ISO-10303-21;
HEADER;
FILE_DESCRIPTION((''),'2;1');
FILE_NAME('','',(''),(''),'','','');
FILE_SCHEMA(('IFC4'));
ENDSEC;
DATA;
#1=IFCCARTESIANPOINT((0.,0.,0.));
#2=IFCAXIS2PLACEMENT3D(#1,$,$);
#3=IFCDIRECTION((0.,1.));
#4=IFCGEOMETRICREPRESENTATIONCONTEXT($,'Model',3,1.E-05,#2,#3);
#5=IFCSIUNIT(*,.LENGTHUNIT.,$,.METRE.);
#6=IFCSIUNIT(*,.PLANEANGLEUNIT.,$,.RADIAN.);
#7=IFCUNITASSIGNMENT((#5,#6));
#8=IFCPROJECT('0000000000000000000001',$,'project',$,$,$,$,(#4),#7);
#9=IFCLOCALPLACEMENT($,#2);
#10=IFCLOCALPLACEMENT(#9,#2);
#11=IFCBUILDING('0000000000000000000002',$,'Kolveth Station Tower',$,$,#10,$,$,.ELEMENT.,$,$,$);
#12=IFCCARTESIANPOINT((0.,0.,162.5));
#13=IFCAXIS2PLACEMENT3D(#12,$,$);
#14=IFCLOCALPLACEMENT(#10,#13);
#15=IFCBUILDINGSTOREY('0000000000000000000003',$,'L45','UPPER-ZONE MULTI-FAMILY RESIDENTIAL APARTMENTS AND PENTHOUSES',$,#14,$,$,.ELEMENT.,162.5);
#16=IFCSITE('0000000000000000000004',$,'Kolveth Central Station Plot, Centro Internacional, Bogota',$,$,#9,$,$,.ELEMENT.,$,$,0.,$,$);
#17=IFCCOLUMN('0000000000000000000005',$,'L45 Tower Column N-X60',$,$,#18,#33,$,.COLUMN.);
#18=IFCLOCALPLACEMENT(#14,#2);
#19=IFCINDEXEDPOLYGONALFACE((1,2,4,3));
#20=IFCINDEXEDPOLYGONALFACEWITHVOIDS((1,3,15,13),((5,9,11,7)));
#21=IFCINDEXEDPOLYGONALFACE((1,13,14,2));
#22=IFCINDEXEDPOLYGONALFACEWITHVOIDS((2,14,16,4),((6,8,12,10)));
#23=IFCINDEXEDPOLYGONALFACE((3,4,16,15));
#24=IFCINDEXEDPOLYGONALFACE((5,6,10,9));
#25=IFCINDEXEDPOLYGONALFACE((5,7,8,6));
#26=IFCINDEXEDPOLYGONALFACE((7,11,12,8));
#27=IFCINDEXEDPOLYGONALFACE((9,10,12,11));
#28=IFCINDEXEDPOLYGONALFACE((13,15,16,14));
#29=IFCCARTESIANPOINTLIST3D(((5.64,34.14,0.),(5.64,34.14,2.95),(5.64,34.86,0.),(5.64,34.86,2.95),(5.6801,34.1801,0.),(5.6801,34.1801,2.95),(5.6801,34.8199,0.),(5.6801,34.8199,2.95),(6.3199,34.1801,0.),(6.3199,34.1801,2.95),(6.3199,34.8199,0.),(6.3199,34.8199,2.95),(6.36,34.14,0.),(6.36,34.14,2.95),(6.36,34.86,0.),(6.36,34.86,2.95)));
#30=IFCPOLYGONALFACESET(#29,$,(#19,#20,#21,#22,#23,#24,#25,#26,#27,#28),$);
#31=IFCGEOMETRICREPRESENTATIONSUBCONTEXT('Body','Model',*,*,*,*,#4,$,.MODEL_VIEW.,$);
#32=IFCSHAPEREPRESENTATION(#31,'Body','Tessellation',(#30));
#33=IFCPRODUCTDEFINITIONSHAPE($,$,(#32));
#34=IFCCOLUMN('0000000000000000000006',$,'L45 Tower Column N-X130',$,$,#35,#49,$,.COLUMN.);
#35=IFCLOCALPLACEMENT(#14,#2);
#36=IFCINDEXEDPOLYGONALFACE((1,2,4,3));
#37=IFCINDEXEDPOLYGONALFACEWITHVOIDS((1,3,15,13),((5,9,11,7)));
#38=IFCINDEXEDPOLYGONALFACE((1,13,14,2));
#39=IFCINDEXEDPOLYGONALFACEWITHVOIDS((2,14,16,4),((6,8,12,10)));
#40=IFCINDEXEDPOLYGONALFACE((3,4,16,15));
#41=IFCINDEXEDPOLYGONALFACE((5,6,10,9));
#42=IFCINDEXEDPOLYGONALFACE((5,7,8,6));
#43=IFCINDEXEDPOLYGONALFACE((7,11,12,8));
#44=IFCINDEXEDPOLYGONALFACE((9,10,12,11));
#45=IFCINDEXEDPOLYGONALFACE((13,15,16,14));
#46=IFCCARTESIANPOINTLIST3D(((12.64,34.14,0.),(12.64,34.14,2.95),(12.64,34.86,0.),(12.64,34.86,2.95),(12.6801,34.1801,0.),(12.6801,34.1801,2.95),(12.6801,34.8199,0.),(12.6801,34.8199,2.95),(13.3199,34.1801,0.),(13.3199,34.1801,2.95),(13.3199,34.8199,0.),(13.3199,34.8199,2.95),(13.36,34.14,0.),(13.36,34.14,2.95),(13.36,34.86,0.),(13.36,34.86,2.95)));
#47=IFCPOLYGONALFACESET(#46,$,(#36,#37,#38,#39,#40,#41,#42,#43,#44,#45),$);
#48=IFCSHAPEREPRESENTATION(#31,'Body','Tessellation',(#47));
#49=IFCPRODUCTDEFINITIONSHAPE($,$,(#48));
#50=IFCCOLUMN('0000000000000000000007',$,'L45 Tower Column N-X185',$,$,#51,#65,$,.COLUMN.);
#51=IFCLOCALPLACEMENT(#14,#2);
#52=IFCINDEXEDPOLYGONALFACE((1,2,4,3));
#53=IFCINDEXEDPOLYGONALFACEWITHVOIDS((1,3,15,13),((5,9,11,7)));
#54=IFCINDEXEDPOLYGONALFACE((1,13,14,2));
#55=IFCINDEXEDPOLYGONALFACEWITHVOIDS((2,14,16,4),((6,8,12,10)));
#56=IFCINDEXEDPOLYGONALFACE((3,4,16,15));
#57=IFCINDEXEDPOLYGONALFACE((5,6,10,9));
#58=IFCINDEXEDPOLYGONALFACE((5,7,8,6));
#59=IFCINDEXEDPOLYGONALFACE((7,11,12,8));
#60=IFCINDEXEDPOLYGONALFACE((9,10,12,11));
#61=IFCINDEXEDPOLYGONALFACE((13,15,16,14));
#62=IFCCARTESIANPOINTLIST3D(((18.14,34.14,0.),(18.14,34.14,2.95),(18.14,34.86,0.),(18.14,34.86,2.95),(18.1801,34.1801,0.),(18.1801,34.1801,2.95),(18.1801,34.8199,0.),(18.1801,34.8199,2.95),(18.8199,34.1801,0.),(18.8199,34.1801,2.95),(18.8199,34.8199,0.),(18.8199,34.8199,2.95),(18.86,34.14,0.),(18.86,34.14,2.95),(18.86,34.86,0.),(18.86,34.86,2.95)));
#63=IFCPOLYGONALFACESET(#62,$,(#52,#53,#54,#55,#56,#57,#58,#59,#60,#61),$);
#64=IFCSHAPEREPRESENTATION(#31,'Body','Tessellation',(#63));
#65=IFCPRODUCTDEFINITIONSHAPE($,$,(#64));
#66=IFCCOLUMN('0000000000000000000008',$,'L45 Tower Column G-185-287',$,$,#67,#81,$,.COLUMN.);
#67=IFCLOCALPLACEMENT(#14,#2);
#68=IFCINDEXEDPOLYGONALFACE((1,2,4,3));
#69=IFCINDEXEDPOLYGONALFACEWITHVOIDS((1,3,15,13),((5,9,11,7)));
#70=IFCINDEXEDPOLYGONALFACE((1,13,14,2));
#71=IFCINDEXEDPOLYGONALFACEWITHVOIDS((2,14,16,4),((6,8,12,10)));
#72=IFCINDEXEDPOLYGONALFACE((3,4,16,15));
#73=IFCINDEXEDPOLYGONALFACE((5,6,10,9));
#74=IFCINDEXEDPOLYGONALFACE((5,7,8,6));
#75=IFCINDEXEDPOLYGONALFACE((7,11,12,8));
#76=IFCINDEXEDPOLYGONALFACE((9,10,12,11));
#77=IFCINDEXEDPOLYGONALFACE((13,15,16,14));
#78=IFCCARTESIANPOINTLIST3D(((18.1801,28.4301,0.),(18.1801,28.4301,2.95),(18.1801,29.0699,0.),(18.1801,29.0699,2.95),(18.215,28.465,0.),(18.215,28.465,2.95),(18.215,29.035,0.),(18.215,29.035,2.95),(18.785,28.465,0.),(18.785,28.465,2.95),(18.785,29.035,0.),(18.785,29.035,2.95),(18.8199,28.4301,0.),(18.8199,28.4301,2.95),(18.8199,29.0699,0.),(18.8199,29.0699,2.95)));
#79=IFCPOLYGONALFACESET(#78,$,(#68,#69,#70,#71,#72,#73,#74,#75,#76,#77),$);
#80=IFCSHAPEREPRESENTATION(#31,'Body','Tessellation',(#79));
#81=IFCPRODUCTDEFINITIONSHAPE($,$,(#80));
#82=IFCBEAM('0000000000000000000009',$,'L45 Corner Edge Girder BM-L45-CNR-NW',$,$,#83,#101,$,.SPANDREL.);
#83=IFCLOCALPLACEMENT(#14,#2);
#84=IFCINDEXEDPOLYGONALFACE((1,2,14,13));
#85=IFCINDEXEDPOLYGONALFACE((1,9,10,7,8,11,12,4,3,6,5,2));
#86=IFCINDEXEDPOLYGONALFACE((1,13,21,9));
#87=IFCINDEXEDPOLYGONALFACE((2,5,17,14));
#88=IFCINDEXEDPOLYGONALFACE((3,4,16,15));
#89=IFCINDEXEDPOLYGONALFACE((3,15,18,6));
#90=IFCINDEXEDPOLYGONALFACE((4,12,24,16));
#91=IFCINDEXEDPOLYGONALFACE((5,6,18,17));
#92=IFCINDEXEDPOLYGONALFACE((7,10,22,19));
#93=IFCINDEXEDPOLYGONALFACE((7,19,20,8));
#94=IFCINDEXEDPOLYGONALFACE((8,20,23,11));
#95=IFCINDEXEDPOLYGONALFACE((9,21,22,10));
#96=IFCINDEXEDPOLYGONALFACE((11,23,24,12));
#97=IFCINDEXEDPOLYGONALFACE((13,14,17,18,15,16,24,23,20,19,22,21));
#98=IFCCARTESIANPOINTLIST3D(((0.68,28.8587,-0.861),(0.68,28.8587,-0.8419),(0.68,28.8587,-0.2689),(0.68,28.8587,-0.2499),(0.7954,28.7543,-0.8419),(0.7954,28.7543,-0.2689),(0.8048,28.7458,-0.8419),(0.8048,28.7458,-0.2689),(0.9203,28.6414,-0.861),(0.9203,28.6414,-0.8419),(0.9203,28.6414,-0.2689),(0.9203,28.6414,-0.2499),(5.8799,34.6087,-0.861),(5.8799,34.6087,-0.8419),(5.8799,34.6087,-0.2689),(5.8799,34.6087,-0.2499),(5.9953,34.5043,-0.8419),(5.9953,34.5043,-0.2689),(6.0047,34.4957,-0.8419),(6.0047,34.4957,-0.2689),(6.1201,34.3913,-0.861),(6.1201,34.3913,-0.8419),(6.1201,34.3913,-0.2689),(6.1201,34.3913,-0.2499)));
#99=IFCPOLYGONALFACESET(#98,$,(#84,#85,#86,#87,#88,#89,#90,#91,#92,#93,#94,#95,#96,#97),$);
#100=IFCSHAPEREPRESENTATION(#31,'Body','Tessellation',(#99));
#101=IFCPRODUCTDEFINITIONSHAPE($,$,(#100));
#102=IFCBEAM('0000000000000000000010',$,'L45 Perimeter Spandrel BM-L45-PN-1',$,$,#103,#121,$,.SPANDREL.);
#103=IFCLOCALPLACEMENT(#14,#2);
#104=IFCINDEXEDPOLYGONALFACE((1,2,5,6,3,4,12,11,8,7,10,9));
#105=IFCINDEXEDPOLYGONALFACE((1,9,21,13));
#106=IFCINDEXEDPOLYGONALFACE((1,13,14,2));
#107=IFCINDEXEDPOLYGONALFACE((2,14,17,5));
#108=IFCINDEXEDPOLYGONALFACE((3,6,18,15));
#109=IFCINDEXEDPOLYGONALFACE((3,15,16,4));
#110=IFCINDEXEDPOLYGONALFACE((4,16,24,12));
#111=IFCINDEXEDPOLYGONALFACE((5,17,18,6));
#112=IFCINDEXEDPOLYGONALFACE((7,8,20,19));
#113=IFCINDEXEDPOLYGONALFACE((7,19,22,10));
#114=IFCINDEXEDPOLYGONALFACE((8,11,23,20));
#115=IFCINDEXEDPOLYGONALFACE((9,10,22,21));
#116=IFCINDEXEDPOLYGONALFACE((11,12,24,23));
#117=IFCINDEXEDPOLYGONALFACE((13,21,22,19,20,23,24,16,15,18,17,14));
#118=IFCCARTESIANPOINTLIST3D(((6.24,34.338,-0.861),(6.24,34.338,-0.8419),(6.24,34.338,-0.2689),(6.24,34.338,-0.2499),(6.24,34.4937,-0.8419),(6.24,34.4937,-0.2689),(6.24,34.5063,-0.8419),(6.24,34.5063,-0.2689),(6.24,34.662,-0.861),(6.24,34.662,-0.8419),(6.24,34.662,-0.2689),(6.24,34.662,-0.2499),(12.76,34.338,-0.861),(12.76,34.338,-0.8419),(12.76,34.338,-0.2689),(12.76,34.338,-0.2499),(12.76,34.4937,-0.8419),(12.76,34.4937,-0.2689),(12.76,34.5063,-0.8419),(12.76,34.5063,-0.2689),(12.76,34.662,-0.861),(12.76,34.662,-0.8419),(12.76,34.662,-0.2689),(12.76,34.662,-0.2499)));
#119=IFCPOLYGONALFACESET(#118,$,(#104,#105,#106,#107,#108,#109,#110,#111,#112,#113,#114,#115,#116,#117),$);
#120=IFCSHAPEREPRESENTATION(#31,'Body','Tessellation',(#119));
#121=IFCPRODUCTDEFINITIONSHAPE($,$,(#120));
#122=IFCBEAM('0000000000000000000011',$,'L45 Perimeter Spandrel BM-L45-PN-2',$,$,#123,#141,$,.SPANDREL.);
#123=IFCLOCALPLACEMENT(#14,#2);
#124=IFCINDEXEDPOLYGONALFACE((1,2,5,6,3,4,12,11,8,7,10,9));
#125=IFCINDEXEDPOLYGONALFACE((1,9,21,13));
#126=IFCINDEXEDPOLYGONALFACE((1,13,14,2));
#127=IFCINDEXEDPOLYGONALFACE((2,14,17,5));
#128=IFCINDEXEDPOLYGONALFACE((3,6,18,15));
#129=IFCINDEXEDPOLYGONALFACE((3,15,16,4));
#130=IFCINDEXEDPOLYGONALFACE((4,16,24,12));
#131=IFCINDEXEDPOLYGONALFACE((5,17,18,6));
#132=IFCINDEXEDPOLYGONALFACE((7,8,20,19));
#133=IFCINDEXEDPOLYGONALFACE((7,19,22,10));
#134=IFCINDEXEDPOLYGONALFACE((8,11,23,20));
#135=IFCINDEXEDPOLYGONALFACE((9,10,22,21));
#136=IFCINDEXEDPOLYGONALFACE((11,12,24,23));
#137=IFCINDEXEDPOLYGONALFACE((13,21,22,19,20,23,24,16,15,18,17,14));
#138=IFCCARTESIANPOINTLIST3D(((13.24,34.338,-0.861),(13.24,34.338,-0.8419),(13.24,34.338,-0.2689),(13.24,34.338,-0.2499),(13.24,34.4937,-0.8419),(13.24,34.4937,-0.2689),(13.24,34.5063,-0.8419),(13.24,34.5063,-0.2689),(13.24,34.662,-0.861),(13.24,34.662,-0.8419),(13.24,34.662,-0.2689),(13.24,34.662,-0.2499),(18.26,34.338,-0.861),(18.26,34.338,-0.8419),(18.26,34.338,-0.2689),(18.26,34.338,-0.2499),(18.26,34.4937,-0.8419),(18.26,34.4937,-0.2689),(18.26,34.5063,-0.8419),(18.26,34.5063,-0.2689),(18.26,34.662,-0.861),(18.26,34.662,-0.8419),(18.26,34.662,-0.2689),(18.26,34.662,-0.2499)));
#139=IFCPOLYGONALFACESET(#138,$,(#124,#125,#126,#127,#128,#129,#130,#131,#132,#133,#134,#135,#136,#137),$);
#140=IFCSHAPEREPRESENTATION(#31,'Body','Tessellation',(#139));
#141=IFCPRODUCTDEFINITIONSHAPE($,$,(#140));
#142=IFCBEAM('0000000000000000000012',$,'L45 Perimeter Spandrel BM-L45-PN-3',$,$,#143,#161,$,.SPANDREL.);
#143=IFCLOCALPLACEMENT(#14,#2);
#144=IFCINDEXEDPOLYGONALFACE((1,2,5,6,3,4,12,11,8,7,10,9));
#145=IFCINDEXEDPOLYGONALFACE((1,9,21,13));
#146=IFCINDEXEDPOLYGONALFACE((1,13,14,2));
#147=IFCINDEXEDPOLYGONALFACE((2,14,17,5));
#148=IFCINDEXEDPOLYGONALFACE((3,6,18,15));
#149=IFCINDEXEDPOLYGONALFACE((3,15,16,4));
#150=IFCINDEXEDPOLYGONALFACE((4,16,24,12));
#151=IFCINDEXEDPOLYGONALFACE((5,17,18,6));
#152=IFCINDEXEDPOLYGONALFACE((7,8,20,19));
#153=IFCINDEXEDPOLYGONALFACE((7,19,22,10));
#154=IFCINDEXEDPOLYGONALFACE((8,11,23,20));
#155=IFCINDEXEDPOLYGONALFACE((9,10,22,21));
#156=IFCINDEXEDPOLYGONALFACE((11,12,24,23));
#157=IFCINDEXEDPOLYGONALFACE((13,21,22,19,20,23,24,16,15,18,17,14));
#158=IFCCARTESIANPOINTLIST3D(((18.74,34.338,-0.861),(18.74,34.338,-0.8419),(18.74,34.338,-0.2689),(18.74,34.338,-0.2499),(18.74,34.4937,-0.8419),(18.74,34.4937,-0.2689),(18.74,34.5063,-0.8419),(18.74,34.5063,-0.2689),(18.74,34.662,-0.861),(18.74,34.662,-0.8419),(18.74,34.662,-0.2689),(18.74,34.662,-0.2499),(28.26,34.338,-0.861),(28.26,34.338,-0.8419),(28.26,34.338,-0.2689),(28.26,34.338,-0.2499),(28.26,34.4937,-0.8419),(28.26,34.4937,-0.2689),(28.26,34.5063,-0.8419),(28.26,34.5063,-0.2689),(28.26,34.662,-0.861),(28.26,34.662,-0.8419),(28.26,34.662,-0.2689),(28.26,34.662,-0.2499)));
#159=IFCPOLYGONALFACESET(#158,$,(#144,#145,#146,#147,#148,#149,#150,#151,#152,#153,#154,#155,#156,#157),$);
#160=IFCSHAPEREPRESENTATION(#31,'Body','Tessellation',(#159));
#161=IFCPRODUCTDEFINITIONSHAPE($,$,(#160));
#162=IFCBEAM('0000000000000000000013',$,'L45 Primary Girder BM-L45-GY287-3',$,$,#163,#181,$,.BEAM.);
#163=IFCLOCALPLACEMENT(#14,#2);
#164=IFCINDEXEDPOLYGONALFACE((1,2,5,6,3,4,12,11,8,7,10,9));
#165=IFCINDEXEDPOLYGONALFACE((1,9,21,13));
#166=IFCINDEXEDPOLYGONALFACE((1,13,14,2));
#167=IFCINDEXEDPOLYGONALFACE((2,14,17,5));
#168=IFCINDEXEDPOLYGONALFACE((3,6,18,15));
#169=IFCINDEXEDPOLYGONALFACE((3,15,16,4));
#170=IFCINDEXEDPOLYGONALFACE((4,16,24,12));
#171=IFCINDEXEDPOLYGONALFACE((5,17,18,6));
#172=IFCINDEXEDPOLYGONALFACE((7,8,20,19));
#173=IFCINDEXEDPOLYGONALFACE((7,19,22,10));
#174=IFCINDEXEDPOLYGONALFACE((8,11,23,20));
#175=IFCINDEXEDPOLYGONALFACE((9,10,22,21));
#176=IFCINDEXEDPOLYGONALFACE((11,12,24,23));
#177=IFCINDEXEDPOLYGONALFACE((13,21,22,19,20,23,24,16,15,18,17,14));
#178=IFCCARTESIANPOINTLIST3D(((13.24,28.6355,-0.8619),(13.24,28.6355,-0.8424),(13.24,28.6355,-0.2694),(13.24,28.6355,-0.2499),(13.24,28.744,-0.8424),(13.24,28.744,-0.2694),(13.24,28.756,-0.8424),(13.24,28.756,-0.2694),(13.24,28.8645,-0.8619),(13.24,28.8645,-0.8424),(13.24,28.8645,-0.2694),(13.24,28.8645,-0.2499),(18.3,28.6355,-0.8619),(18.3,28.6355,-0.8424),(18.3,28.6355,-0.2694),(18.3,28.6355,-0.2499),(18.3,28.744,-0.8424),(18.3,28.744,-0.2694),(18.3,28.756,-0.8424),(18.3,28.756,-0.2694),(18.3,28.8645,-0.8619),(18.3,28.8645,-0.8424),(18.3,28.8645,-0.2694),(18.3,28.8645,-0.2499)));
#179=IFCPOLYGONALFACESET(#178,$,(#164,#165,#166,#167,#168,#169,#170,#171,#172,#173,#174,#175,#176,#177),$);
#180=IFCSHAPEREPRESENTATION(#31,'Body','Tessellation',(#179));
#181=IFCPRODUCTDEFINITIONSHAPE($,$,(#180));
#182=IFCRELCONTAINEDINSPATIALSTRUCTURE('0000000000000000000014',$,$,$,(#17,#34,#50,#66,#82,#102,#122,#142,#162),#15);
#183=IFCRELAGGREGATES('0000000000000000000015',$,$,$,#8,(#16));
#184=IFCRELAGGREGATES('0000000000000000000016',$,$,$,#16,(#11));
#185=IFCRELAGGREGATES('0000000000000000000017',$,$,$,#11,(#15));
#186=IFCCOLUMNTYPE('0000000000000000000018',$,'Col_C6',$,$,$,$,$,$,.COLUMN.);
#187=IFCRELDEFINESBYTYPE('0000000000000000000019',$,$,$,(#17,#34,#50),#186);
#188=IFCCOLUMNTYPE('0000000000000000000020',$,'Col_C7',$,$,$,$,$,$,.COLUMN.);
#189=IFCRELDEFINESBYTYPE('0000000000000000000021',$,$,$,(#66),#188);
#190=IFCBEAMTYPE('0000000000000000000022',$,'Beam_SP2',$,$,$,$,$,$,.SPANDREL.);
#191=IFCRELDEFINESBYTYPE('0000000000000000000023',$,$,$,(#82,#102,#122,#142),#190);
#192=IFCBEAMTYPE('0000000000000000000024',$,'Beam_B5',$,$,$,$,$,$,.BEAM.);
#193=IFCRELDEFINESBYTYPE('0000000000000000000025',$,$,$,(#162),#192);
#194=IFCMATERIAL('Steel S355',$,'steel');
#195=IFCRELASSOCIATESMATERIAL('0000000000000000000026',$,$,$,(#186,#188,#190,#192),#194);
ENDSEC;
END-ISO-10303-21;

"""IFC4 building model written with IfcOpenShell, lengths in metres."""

from ifc_helpers import new_model, si_unit, direction, frame, origin, origin_2d, place, context, subcontext, project, spatial, hollow_rectangle, i_section, extrude, source, transform, mapped, material, material_profile, profile_set, type_object, element, save


model = new_model("IFC4")

# Units and contexts
model_context = context("Model", 3, precision=1e-05, world=origin(), true_north=direction((0.0, 1.0)))
body_context = subcontext(model_context, "Body", "Model", "MODEL_VIEW")
ifc_project = project(units=[si_unit("LENGTHUNIT", "METRE"), si_unit("PLANEANGLEUNIT", "RADIAN")], contexts=[model_context])

# Site, building, storey
site_placement = place(None, origin())
site = spatial("IfcSite", under=ifc_project, at=site_placement, Name="Kolveth Central Station Plot, Centro Internacional, Bogota", CompositionType="ELEMENT", RefElevation=0.0)
building_placement = place(site_placement, origin())
building = spatial("IfcBuilding", under=site, at=building_placement, Name="Kolveth Station Tower", CompositionType="ELEMENT")
storey_placement = place(building_placement, frame((0.0, 0.0, 162.5)))
storey = spatial("IfcBuildingStorey", under=building, at=storey_placement, Name="L45", Description="UPPER-ZONE MULTI-FAMILY RESIDENTIAL APARTMENTS AND PENTHOUSES", CompositionType="ELEMENT", Elevation=162.5)

# Columns
ifc_material_1 = material(Name="Steel S355", Category="steel")
ifc_material_profile_1 = material_profile(ifc_material_1, hollow_rectangle(XDim=0.72, YDim=0.72, WallThickness=0.04, at=origin_2d()), Name="BOX720x720x40")
ifc_profile_set_1 = profile_set([ifc_material_profile_1], Name="Steel S355")
column_type_1 = type_object("IfcColumnType", Name="Col_C6", PredefinedType="COLUMN", material=ifc_profile_set_1)
shared_shape_1 = source(origin(), body_context, "Body", "SweptSolid", [
    extrude(hollow_rectangle(XDim=0.72, YDim=0.72, WallThickness=0.04, at=origin_2d()), origin(), (0.0, 0.0, 1.0), 2.95),
])
for number, where, z_axis, x_axis, name in (
    (1, (6.0, 34.5, 0.0), (0.0, 0.0, 1.0), (1.0, 0.0, 0.0), "L45 Tower Column N-X60"),
    (2, (13.0, 34.5, 0.0), (0.0, 0.0, 1.0), (1.0, 0.0, 0.0), "L45 Tower Column N-X130"),
    (3, (18.5, 34.5, 0.0), (0.0, 0.0, 1.0), (1.0, 0.0, 0.0), "L45 Tower Column N-X185"),
):
    element("IfcColumn", number, at=place(storey_placement, frame(where, z_axis=z_axis, x_axis=x_axis)), inside=storey, type_object=column_type_1, Name=name, PredefinedType="COLUMN", context=body_context, shape_type="MappedRepresentation", body=[
        mapped(shared_shape_1, transform((0.0, 0.0, 0.0), x_axis=(1.0, 0.0, 0.0), y_axis=(0.0, 1.0, 0.0), z_axis=(0.0, 0.0, 1.0), scale=1.0)),
    ])
ifc_material_profile_2 = material_profile(ifc_material_1, hollow_rectangle(XDim=0.6399, YDim=0.6399, WallThickness=0.0349, at=origin_2d()), Name="BOX640x640x35")
ifc_profile_set_2 = profile_set([ifc_material_profile_2], Name="Steel S355")
column_type_2 = type_object("IfcColumnType", Name="Col_C7", PredefinedType="COLUMN", material=ifc_profile_set_2)
shared_shape_2 = source(origin(), body_context, "Body", "SweptSolid", [
    extrude(hollow_rectangle(XDim=0.6399, YDim=0.6399, WallThickness=0.0349, at=origin_2d()), origin(), (0.0, 0.0, 1.0), 2.95),
])
column_placement = place(storey_placement, frame((18.5, 28.75, 0.0), z_axis=(0.0, 0.0, 1.0), x_axis=(1.0, 0.0, 0.0)))
element("IfcColumn", 4, at=column_placement, inside=storey, type_object=column_type_2, Name="L45 Tower Column G-185-287", PredefinedType="COLUMN", context=body_context, shape_type="MappedRepresentation", body=[
    mapped(shared_shape_2, transform((0.0, 0.0, 0.0), x_axis=(1.0, 0.0, 0.0), y_axis=(0.0, 1.0, 0.0), z_axis=(0.0, 0.0, 1.0), scale=1.0)),
])

# Beams
ifc_material_profile_3 = material_profile(ifc_material_1, i_section(OverallWidth=0.324, OverallDepth=0.6111, WebThickness=0.0127, FlangeThickness=0.019, at=origin_2d()), Name="W610x155")
ifc_profile_set_3 = profile_set([ifc_material_profile_3], Name="Steel S355")
beam_type_1 = type_object("IfcBeamType", Name="Beam_SP2", PredefinedType="SPANDREL", material=ifc_profile_set_3)
shared_shape_3 = source(origin(), body_context, "Body", "SweptSolid", [
    extrude(i_section(OverallWidth=0.324, OverallDepth=0.6111, WebThickness=0.0127, FlangeThickness=0.019, at=origin_2d()), origin(), (0.0, 0.0, 1.0), 7.7524),
])
beam_1_placement = place(storey_placement, frame((6.0, 34.5, -0.5554), z_axis=(-0.670741, -0.741692, 0.0), x_axis=(0.741692, -0.670741, 0.0)))
element("IfcBeam", 5, at=beam_1_placement, inside=storey, type_object=beam_type_1, Name="L45 Corner Edge Girder BM-L45-CNR-NW", PredefinedType="SPANDREL", context=body_context, shape_type="MappedRepresentation", body=[
    mapped(shared_shape_3, transform((0.0, 0.0, 0.0), x_axis=(1.0, 0.0, 0.0), y_axis=(0.0, 1.0, 0.0), z_axis=(0.0, 0.0, 1.0), scale=1.0)),
])
shared_shape_4 = source(origin(), body_context, "Body", "SweptSolid", [
    extrude(i_section(OverallWidth=0.324, OverallDepth=0.6111, WebThickness=0.0127, FlangeThickness=0.019, at=origin_2d()), origin(), (0.0, 0.0, 1.0), 6.52),
])
beam_2_placement = place(storey_placement, frame((6.24, 34.5, -0.5554), z_axis=(1.0, 0.0, 0.0), x_axis=(0.0, 1.0, 0.0)))
element("IfcBeam", 6, at=beam_2_placement, inside=storey, type_object=beam_type_1, Name="L45 Perimeter Spandrel BM-L45-PN-1", PredefinedType="SPANDREL", context=body_context, shape_type="MappedRepresentation", body=[
    mapped(shared_shape_4, transform((0.0, 0.0, 0.0), x_axis=(1.0, 0.0, 0.0), y_axis=(0.0, 1.0, 0.0), z_axis=(0.0, 0.0, 1.0), scale=1.0)),
])
shared_shape_5 = source(origin(), body_context, "Body", "SweptSolid", [
    extrude(i_section(OverallWidth=0.324, OverallDepth=0.6111, WebThickness=0.0127, FlangeThickness=0.019, at=origin_2d()), origin(), (0.0, 0.0, 1.0), 5.02),
])
beam_3_placement = place(storey_placement, frame((13.24, 34.5, -0.5554), z_axis=(1.0, 0.0, 0.0), x_axis=(0.0, 1.0, 0.0)))
element("IfcBeam", 7, at=beam_3_placement, inside=storey, type_object=beam_type_1, Name="L45 Perimeter Spandrel BM-L45-PN-2", PredefinedType="SPANDREL", context=body_context, shape_type="MappedRepresentation", body=[
    mapped(shared_shape_5, transform((0.0, 0.0, 0.0), x_axis=(1.0, 0.0, 0.0), y_axis=(0.0, 1.0, 0.0), z_axis=(0.0, 0.0, 1.0), scale=1.0)),
])
shared_shape_6 = source(origin(), body_context, "Body", "SweptSolid", [
    extrude(i_section(OverallWidth=0.324, OverallDepth=0.6111, WebThickness=0.0127, FlangeThickness=0.019, at=origin_2d()), origin(), (0.0, 0.0, 1.0), 9.52),
])
beam_4_placement = place(storey_placement, frame((18.74, 34.5, -0.5554), z_axis=(1.0, 0.0, 0.0), x_axis=(0.0, 1.0, 0.0)))
element("IfcBeam", 8, at=beam_4_placement, inside=storey, type_object=beam_type_1, Name="L45 Perimeter Spandrel BM-L45-PN-3", PredefinedType="SPANDREL", context=body_context, shape_type="MappedRepresentation", body=[
    mapped(shared_shape_6, transform((0.0, 0.0, 0.0), x_axis=(1.0, 0.0, 0.0), y_axis=(0.0, 1.0, 0.0), z_axis=(0.0, 0.0, 1.0), scale=1.0)),
])
ifc_material_profile_4 = material_profile(ifc_material_1, i_section(OverallWidth=0.229, OverallDepth=0.6121, WebThickness=0.012, FlangeThickness=0.0195, at=origin_2d()), Name="W610x125")
ifc_profile_set_4 = profile_set([ifc_material_profile_4], Name="Steel S355")
beam_type_2 = type_object("IfcBeamType", Name="Beam_B5", PredefinedType="BEAM", material=ifc_profile_set_4)
shared_shape_7 = source(origin(), body_context, "Body", "SweptSolid", [
    extrude(i_section(OverallWidth=0.229, OverallDepth=0.6121, WebThickness=0.012, FlangeThickness=0.0195, at=origin_2d()), origin(), (0.0, 0.0, 1.0), 5.0601),
])
beam_5_placement = place(storey_placement, frame((13.24, 28.75, -0.5559), z_axis=(1.0, 0.0, 0.0), x_axis=(0.0, 1.0, 0.0)))
element("IfcBeam", 9, at=beam_5_placement, inside=storey, type_object=beam_type_2, Name="L45 Primary Girder BM-L45-GY287-3", PredefinedType="BEAM", context=body_context, shape_type="MappedRepresentation", body=[
    mapped(shared_shape_7, transform((0.0, 0.0, 0.0), x_axis=(1.0, 0.0, 0.0), y_axis=(0.0, 1.0, 0.0), z_axis=(0.0, 0.0, 1.0), scale=1.0)),
])

save(model, "model.ifc")
